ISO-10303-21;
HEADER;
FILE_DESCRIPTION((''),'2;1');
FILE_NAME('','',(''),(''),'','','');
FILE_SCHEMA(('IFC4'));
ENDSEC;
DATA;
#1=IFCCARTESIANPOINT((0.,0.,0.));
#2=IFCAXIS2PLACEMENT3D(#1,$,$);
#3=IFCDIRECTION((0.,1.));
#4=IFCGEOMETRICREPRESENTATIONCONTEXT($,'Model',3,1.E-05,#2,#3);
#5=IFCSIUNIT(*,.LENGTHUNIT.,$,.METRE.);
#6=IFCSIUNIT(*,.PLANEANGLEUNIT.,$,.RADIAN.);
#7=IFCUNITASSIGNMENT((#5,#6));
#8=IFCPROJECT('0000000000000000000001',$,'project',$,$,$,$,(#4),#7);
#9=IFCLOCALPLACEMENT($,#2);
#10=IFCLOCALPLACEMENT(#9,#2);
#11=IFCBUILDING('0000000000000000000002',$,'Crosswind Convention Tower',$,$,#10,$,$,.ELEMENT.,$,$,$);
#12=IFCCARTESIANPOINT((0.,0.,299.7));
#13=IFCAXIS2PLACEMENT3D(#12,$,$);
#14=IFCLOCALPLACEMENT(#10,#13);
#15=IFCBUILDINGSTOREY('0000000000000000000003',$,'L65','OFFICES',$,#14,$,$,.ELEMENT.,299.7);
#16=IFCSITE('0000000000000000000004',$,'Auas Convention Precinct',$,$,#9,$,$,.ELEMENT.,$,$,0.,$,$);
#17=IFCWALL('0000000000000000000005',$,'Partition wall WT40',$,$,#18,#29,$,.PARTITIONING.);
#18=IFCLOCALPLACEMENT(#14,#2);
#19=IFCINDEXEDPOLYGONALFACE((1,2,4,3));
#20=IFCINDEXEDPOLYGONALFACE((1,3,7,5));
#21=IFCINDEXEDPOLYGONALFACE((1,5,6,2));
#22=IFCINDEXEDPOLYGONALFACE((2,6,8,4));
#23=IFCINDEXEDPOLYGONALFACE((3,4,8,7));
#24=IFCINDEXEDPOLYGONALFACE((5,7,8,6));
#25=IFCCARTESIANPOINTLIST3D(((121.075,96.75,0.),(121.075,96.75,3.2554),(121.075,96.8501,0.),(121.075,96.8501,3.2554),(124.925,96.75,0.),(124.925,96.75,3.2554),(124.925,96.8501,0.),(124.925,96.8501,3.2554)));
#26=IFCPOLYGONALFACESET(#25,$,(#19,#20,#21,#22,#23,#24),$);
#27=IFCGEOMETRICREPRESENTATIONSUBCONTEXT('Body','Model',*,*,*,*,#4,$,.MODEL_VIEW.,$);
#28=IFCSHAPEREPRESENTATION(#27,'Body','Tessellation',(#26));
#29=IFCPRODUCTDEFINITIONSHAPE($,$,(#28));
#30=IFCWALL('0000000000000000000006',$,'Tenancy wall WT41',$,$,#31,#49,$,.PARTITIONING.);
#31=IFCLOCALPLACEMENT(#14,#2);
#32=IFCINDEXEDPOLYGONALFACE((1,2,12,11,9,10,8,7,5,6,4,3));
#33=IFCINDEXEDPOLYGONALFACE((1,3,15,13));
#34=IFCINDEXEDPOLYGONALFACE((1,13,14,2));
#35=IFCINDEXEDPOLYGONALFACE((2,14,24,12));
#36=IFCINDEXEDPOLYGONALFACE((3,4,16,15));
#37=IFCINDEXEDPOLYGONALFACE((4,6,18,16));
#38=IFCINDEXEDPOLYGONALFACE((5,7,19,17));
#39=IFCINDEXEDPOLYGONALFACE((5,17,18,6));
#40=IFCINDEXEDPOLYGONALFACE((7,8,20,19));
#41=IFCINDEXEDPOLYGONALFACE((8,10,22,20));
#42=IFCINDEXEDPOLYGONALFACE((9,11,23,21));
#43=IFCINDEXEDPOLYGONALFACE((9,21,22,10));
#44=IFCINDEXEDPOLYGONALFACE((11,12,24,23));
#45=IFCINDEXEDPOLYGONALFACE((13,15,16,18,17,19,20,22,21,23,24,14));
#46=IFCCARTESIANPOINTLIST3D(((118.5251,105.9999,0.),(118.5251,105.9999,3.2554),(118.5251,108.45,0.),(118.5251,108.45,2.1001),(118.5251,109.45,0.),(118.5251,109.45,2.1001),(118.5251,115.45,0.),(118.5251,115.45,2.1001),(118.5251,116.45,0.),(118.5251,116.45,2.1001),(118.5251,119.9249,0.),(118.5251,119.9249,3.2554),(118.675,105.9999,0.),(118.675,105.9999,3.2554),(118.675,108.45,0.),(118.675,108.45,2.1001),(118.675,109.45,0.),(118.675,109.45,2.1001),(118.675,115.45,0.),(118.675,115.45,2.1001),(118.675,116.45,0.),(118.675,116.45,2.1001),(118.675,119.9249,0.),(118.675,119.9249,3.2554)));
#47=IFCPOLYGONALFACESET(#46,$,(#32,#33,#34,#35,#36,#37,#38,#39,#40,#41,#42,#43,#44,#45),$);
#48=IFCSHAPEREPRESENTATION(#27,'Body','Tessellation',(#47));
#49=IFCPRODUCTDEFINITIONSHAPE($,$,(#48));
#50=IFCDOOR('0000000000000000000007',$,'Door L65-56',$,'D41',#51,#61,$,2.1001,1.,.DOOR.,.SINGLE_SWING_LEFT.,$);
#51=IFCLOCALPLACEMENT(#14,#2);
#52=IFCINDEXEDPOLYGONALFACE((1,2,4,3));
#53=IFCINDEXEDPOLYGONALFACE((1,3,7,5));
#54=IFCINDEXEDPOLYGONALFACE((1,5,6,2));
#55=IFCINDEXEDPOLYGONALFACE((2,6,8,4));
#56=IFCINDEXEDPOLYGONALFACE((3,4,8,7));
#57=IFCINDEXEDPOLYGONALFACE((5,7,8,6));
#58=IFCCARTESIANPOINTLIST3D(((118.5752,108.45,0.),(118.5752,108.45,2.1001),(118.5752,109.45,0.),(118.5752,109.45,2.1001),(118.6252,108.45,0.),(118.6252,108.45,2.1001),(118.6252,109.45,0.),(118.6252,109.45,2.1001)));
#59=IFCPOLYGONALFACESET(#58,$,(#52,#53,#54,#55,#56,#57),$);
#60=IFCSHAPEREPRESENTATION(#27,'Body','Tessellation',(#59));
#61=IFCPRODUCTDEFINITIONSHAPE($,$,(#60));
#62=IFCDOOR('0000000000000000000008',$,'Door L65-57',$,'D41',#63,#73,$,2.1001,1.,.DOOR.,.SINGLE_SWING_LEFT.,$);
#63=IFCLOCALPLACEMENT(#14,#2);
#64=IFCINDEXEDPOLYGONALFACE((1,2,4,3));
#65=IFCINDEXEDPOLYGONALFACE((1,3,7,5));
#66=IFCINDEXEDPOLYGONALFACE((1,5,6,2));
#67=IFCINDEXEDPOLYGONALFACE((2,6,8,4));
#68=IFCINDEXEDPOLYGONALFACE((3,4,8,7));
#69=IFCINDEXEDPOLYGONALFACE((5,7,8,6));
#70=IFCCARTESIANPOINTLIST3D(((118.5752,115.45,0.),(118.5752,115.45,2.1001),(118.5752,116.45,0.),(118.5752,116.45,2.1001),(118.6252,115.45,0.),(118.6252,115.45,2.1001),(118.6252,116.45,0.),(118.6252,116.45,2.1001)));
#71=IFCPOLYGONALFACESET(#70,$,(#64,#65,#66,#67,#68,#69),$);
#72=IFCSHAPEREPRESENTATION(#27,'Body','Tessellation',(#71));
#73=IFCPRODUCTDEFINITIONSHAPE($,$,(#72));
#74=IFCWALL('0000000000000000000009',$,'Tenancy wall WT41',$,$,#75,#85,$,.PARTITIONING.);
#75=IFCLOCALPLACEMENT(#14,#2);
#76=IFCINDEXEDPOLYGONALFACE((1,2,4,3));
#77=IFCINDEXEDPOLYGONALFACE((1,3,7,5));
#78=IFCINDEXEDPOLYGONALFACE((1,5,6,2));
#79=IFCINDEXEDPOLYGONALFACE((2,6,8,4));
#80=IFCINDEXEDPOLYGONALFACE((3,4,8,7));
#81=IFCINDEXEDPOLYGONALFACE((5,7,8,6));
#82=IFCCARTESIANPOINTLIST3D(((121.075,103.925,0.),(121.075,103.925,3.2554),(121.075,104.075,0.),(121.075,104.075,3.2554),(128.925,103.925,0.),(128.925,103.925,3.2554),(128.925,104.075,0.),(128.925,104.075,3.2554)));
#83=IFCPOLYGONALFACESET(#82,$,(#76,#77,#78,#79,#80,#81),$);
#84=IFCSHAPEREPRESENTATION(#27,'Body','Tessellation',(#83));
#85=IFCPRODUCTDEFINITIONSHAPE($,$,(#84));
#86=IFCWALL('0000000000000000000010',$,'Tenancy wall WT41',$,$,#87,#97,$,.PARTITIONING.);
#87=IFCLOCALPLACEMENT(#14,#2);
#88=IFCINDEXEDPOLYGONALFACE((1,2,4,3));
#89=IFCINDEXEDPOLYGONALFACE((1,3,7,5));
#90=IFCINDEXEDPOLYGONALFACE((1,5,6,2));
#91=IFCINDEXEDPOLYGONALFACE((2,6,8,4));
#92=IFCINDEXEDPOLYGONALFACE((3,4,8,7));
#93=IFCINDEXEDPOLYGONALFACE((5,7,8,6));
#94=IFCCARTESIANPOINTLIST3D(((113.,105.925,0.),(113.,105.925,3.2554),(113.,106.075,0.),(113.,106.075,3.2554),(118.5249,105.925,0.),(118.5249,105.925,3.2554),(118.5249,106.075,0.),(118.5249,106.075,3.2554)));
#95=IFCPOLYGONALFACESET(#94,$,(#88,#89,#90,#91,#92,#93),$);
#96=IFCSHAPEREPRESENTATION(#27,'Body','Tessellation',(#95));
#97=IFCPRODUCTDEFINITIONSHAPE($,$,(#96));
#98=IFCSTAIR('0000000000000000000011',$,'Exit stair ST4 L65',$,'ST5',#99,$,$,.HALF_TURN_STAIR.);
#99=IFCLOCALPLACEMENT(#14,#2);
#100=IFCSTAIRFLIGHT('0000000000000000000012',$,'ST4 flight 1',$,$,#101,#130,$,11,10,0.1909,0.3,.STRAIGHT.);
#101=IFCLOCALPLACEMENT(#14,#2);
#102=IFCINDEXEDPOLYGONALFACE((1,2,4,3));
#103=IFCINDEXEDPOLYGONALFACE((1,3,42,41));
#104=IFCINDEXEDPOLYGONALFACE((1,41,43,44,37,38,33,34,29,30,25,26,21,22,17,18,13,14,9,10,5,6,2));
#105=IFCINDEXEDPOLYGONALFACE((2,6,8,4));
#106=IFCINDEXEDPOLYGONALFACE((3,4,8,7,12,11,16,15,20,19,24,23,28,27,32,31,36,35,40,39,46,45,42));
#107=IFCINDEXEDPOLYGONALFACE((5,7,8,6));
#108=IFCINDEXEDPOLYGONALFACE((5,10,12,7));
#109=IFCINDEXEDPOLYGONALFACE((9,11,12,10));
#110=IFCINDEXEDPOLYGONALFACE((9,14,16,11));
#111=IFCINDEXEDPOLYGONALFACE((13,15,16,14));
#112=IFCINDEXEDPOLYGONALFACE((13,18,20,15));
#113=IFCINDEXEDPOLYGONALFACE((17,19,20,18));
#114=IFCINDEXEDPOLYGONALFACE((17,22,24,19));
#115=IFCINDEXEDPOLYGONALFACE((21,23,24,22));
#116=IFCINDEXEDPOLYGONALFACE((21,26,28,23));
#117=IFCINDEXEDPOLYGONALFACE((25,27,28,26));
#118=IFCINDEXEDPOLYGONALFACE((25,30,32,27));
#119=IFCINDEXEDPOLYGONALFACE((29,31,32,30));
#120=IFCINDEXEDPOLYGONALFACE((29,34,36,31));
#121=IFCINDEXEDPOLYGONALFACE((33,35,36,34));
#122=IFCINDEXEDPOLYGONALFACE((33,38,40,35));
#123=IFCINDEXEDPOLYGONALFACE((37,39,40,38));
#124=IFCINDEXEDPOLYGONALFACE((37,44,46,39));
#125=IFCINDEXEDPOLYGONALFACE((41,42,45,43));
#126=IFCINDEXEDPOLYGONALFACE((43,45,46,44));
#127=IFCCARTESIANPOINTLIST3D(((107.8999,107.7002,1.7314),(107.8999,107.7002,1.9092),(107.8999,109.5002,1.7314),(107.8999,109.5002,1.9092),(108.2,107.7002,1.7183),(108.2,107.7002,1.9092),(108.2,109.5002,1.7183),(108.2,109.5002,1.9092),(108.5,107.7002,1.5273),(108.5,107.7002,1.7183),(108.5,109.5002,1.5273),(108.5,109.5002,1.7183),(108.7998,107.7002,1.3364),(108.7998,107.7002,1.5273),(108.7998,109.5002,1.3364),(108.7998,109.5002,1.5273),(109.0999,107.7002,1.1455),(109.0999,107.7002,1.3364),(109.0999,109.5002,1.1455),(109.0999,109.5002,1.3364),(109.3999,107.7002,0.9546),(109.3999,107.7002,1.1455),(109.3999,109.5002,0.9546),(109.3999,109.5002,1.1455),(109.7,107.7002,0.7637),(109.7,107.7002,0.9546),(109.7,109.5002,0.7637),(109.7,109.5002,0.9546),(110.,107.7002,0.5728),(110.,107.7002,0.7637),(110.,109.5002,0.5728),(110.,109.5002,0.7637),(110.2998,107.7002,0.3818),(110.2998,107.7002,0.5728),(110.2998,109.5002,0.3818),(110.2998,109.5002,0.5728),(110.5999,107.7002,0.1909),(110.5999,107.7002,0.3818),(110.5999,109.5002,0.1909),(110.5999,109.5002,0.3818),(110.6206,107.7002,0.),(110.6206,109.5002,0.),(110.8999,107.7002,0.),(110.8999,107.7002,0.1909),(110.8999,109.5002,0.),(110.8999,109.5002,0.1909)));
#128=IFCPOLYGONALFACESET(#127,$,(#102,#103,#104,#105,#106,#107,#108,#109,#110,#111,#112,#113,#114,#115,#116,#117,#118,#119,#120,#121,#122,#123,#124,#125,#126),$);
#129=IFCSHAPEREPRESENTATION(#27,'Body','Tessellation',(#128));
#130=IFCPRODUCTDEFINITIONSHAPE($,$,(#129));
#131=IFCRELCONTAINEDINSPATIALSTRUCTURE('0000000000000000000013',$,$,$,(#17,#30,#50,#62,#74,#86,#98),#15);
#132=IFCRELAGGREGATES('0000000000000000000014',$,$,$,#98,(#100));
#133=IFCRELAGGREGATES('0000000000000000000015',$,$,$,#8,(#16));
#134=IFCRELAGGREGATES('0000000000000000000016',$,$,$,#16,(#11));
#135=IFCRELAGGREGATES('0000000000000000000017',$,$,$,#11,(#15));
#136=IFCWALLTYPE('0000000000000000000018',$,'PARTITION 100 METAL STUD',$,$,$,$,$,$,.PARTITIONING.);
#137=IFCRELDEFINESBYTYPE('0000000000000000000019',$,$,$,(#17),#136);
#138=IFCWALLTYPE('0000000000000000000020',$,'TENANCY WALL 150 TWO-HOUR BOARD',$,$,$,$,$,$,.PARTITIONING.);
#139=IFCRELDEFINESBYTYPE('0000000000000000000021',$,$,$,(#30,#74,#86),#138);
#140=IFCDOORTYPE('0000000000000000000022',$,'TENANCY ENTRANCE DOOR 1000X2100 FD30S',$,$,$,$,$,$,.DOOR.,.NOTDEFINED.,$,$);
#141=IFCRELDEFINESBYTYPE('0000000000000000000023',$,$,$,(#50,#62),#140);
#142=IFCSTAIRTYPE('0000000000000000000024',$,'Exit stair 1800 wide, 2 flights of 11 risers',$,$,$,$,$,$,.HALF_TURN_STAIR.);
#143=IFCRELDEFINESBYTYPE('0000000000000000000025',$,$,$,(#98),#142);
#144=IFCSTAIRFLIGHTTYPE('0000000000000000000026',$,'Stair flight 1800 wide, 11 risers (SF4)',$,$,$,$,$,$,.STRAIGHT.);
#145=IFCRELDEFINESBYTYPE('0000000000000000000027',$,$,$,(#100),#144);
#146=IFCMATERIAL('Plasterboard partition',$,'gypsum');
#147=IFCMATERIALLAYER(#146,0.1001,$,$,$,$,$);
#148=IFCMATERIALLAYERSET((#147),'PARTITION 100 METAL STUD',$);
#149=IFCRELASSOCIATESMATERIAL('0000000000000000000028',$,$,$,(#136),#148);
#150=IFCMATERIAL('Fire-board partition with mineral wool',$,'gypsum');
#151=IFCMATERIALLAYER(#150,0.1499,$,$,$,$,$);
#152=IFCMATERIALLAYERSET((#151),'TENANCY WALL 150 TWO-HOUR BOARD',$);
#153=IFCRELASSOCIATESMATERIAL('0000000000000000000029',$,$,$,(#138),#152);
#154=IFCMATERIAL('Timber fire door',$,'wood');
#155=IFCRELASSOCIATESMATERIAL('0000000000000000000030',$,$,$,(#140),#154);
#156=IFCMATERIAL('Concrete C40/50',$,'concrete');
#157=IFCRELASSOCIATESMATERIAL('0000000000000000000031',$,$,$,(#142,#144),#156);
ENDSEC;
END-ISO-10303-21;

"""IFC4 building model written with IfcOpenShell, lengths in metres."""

from ifc_helpers import new_model, si_unit, direction, frame, frame_2d, origin, place, context, subcontext, project, spatial, polyline, rectangle, outline, extrude, material, layer, layer_set, type_object, element, fill, aggregate, save


model = new_model("IFC4")

# Units and contexts
model_context = context("Model", 3, precision=1e-05, world=origin(), true_north=direction((0.0, 1.0)))
body_context = subcontext(model_context, "Body", "Model", "MODEL_VIEW")
ifc_project = project(units=[si_unit("LENGTHUNIT", "METRE"), si_unit("PLANEANGLEUNIT", "RADIAN")], contexts=[model_context])

# Site, building, storey
site_placement = place(None, origin())
site = spatial("IfcSite", under=ifc_project, at=site_placement, Name="Auas Convention Precinct", CompositionType="ELEMENT", RefElevation=0.0)
building_placement = place(site_placement, origin())
building = spatial("IfcBuilding", under=site, at=building_placement, Name="Crosswind Convention Tower", CompositionType="ELEMENT")
storey_placement = place(building_placement, frame((0.0, 0.0, 299.7)))
storey = spatial("IfcBuildingStorey", under=building, at=storey_placement, Name="L65", Description="OFFICES", CompositionType="ELEMENT", Elevation=299.7)

# Wall
ifc_material_1 = material(Name="Plasterboard partition", Category="gypsum")
ifc_layer_1 = layer(ifc_material_1, 0.1001)
ifc_layer_set_1 = layer_set([ifc_layer_1], Name="PARTITION 100 METAL STUD")
wall_type_1 = type_object("IfcWallType", Name="PARTITION 100 METAL STUD", PredefinedType="PARTITIONING", material=ifc_layer_set_1)
wall_1_placement = place(storey_placement, frame((121.075, 96.8, 0.0), z_axis=(0.0, 0.0, 1.0), x_axis=(1.0, 0.0, 0.0)))
element("IfcWall", 1, at=wall_1_placement, inside=storey, type_object=wall_type_1, Name="Partition wall WT40", PredefinedType="PARTITIONING", context=body_context, shape_type="SweptSolid", body=[
    extrude(rectangle(XDim=3.8501, YDim=0.1001, at=frame_2d((1.925, 0.0))), origin(), (0.0, 0.0, 1.0), 3.2554),
])

# Wall, openings, doors
ifc_material_2 = material(Name="Fire-board partition with mineral wool", Category="gypsum")
ifc_layer_2 = layer(ifc_material_2, 0.1499)
ifc_layer_set_2 = layer_set([ifc_layer_2], Name="TENANCY WALL 150 TWO-HOUR BOARD")
wall_type_2 = type_object("IfcWallType", Name="TENANCY WALL 150 TWO-HOUR BOARD", PredefinedType="PARTITIONING", material=ifc_layer_set_2)
wall_2_placement = place(storey_placement, frame((118.6001, 106.0, 0.0), z_axis=(0.0, 0.0, 1.0), x_axis=(0.0, 1.0, 0.0)))
wall_2 = element("IfcWall", 2, at=wall_2_placement, inside=storey, type_object=wall_type_2, Name="Tenancy wall WT41", PredefinedType="PARTITIONING", context=body_context, shape_type="SweptSolid", body=[
    extrude(rectangle(XDim=13.925, YDim=0.1499, at=frame_2d((6.9624, 0.0))), origin(), (0.0, 0.0, 1.0), 3.2554),
])
opening_1_placement = place(wall_2_placement, frame((2.45, 0.0, 0.0)))
opening_1 = element("IfcOpeningElement", 3, at=opening_1_placement, cuts=wall_2, PredefinedType="OPENING", context=body_context, shape_type="SweptSolid", body=[
    extrude(rectangle(XDim=1.0, YDim=2.1001, at=frame_2d((0.5, 1.05))), frame((0.0, 0.085, 0.0), z_axis=(0.0, -1.0, 0.0), x_axis=(1.0, 0.0, 0.0)), (0.0, 0.0, 1.0), 0.1699),
])
opening_2_placement = place(wall_2_placement, frame((9.45, 0.0, 0.0)))
opening_2 = element("IfcOpeningElement", 4, at=opening_2_placement, cuts=wall_2, PredefinedType="OPENING", context=body_context, shape_type="SweptSolid", body=[
    extrude(rectangle(XDim=1.0, YDim=2.1001, at=frame_2d((0.5, 1.05))), frame((0.0, 0.085, 0.0), z_axis=(0.0, -1.0, 0.0), x_axis=(1.0, 0.0, 0.0)), (0.0, 0.0, 1.0), 0.1699),
])
ifc_material_3 = material(Name="Timber fire door", Category="wood")
door_type_1 = type_object("IfcDoorType", Name="TENANCY ENTRANCE DOOR 1000X2100 FD30S", OperationType="NOTDEFINED", PredefinedType="DOOR", material=ifc_material_3)
door_1_placement = place(opening_1_placement, origin())
door_1 = element("IfcDoor", 5, at=door_1_placement, inside=storey, type_object=door_type_1, Name="Door L65-56", ObjectType="D41", OperationType="SINGLE_SWING_LEFT", OverallHeight=2.1001, OverallWidth=1.0, PredefinedType="DOOR", context=body_context, shape_type="SweptSolid", body=[
    extrude(rectangle(XDim=1.0, YDim=2.1001, at=frame_2d((0.5, 1.05))), frame((0.0, 0.0249, 0.0), z_axis=(0.0, -1.0, 0.0), x_axis=(1.0, 0.0, 0.0)), (0.0, 0.0, 1.0), 0.05),
])
fill(opening_1, door_1)
door_2_placement = place(opening_2_placement, origin())
door_2 = element("IfcDoor", 6, at=door_2_placement, inside=storey, type_object=door_type_1, Name="Door L65-57", ObjectType="D41", OperationType="SINGLE_SWING_LEFT", OverallHeight=2.1001, OverallWidth=1.0, PredefinedType="DOOR", context=body_context, shape_type="SweptSolid", body=[
    extrude(rectangle(XDim=1.0, YDim=2.1001, at=frame_2d((0.5, 1.05))), frame((0.0, 0.0249, 0.0), z_axis=(0.0, -1.0, 0.0), x_axis=(1.0, 0.0, 0.0)), (0.0, 0.0, 1.0), 0.05),
])
fill(opening_2, door_2)

# Walls
wall_3_placement = place(storey_placement, frame((121.075, 104.0, 0.0), z_axis=(0.0, 0.0, 1.0), x_axis=(1.0, 0.0, 0.0)))
element("IfcWall", 7, at=wall_3_placement, inside=storey, type_object=wall_type_2, Name="Tenancy wall WT41", PredefinedType="PARTITIONING", context=body_context, shape_type="SweptSolid", body=[
    extrude(rectangle(XDim=7.8501, YDim=0.1499, at=frame_2d((3.925, 0.0))), origin(), (0.0, 0.0, 1.0), 3.2554),
])
wall_4_placement = place(storey_placement, frame((113.0, 106.0, 0.0), z_axis=(0.0, 0.0, 1.0), x_axis=(1.0, 0.0, 0.0)))
element("IfcWall", 8, at=wall_4_placement, inside=storey, type_object=wall_type_2, Name="Tenancy wall WT41", PredefinedType="PARTITIONING", context=body_context, shape_type="SweptSolid", body=[
    extrude(rectangle(XDim=5.5249, YDim=0.1499, at=frame_2d((2.7625, 0.0))), origin(), (0.0, 0.0, 1.0), 3.2554),
])

# Stair, stair flight
ifc_material_4 = material(Name="Concrete C40/50", Category="concrete")
stair_type = type_object("IfcStairType", Name="Exit stair 1800 wide, 2 flights of 11 risers", PredefinedType="HALF_TURN_STAIR", material=ifc_material_4)
stair_placement = place(storey_placement, origin())
stair = element("IfcStair", 9, at=stair_placement, inside=storey, type_object=stair_type, Name="Exit stair ST4 L65", ObjectType="ST5", PredefinedType="HALF_TURN_STAIR")
stair_flight_type = type_object("IfcStairFlightType", Name="Stair flight 1800 wide, 11 risers (SF4)", PredefinedType="STRAIGHT", material=ifc_material_4)
stair_flight_placement = place(storey_placement, frame((110.8999, 108.6001, 0.0), z_axis=(0.0, 0.0, 1.0), x_axis=(-1.0, 0.0, 0.0)))
stair_flight = element("IfcStairFlight", 10, at=stair_flight_placement, type_object=stair_flight_type, Name="ST4 flight 1", NumberOfRisers=11, NumberOfTreads=10, PredefinedType="STRAIGHT", RiserHeight=0.1909, TreadLength=0.3, context=body_context, shape_type="SweptSolid", body=[
    extrude(outline(polyline([(0.0, 0.0), (0.0, 0.1909), (0.3, 0.1909), (0.3, 0.3818), (0.6001, 0.3818), (0.6001, 0.5728), (0.8999, 0.5728), (0.8999, 0.7637), (1.2, 0.7637), (1.2, 0.9546), (1.5, 0.9546), (1.5, 1.1455), (1.8, 1.1455), (1.8, 1.3364), (2.1001, 1.3364), (2.1001, 1.5273), (2.3999, 1.5273), (2.3999, 1.7183), (2.7, 1.7183), (2.7, 1.9092), (3.0, 1.9092), (3.0, 2.1001), (3.0, 1.7314), (0.2793, 0.0), (0.0, 0.0)])), frame((0.0, 0.8999, 0.0), z_axis=(0.0, -1.0, 0.0), x_axis=(1.0, 0.0, 0.0)), (0.0, 0.0, 1.0), 1.8),
])
aggregate(stair, [stair_flight])

save(model, "model.ifc")
